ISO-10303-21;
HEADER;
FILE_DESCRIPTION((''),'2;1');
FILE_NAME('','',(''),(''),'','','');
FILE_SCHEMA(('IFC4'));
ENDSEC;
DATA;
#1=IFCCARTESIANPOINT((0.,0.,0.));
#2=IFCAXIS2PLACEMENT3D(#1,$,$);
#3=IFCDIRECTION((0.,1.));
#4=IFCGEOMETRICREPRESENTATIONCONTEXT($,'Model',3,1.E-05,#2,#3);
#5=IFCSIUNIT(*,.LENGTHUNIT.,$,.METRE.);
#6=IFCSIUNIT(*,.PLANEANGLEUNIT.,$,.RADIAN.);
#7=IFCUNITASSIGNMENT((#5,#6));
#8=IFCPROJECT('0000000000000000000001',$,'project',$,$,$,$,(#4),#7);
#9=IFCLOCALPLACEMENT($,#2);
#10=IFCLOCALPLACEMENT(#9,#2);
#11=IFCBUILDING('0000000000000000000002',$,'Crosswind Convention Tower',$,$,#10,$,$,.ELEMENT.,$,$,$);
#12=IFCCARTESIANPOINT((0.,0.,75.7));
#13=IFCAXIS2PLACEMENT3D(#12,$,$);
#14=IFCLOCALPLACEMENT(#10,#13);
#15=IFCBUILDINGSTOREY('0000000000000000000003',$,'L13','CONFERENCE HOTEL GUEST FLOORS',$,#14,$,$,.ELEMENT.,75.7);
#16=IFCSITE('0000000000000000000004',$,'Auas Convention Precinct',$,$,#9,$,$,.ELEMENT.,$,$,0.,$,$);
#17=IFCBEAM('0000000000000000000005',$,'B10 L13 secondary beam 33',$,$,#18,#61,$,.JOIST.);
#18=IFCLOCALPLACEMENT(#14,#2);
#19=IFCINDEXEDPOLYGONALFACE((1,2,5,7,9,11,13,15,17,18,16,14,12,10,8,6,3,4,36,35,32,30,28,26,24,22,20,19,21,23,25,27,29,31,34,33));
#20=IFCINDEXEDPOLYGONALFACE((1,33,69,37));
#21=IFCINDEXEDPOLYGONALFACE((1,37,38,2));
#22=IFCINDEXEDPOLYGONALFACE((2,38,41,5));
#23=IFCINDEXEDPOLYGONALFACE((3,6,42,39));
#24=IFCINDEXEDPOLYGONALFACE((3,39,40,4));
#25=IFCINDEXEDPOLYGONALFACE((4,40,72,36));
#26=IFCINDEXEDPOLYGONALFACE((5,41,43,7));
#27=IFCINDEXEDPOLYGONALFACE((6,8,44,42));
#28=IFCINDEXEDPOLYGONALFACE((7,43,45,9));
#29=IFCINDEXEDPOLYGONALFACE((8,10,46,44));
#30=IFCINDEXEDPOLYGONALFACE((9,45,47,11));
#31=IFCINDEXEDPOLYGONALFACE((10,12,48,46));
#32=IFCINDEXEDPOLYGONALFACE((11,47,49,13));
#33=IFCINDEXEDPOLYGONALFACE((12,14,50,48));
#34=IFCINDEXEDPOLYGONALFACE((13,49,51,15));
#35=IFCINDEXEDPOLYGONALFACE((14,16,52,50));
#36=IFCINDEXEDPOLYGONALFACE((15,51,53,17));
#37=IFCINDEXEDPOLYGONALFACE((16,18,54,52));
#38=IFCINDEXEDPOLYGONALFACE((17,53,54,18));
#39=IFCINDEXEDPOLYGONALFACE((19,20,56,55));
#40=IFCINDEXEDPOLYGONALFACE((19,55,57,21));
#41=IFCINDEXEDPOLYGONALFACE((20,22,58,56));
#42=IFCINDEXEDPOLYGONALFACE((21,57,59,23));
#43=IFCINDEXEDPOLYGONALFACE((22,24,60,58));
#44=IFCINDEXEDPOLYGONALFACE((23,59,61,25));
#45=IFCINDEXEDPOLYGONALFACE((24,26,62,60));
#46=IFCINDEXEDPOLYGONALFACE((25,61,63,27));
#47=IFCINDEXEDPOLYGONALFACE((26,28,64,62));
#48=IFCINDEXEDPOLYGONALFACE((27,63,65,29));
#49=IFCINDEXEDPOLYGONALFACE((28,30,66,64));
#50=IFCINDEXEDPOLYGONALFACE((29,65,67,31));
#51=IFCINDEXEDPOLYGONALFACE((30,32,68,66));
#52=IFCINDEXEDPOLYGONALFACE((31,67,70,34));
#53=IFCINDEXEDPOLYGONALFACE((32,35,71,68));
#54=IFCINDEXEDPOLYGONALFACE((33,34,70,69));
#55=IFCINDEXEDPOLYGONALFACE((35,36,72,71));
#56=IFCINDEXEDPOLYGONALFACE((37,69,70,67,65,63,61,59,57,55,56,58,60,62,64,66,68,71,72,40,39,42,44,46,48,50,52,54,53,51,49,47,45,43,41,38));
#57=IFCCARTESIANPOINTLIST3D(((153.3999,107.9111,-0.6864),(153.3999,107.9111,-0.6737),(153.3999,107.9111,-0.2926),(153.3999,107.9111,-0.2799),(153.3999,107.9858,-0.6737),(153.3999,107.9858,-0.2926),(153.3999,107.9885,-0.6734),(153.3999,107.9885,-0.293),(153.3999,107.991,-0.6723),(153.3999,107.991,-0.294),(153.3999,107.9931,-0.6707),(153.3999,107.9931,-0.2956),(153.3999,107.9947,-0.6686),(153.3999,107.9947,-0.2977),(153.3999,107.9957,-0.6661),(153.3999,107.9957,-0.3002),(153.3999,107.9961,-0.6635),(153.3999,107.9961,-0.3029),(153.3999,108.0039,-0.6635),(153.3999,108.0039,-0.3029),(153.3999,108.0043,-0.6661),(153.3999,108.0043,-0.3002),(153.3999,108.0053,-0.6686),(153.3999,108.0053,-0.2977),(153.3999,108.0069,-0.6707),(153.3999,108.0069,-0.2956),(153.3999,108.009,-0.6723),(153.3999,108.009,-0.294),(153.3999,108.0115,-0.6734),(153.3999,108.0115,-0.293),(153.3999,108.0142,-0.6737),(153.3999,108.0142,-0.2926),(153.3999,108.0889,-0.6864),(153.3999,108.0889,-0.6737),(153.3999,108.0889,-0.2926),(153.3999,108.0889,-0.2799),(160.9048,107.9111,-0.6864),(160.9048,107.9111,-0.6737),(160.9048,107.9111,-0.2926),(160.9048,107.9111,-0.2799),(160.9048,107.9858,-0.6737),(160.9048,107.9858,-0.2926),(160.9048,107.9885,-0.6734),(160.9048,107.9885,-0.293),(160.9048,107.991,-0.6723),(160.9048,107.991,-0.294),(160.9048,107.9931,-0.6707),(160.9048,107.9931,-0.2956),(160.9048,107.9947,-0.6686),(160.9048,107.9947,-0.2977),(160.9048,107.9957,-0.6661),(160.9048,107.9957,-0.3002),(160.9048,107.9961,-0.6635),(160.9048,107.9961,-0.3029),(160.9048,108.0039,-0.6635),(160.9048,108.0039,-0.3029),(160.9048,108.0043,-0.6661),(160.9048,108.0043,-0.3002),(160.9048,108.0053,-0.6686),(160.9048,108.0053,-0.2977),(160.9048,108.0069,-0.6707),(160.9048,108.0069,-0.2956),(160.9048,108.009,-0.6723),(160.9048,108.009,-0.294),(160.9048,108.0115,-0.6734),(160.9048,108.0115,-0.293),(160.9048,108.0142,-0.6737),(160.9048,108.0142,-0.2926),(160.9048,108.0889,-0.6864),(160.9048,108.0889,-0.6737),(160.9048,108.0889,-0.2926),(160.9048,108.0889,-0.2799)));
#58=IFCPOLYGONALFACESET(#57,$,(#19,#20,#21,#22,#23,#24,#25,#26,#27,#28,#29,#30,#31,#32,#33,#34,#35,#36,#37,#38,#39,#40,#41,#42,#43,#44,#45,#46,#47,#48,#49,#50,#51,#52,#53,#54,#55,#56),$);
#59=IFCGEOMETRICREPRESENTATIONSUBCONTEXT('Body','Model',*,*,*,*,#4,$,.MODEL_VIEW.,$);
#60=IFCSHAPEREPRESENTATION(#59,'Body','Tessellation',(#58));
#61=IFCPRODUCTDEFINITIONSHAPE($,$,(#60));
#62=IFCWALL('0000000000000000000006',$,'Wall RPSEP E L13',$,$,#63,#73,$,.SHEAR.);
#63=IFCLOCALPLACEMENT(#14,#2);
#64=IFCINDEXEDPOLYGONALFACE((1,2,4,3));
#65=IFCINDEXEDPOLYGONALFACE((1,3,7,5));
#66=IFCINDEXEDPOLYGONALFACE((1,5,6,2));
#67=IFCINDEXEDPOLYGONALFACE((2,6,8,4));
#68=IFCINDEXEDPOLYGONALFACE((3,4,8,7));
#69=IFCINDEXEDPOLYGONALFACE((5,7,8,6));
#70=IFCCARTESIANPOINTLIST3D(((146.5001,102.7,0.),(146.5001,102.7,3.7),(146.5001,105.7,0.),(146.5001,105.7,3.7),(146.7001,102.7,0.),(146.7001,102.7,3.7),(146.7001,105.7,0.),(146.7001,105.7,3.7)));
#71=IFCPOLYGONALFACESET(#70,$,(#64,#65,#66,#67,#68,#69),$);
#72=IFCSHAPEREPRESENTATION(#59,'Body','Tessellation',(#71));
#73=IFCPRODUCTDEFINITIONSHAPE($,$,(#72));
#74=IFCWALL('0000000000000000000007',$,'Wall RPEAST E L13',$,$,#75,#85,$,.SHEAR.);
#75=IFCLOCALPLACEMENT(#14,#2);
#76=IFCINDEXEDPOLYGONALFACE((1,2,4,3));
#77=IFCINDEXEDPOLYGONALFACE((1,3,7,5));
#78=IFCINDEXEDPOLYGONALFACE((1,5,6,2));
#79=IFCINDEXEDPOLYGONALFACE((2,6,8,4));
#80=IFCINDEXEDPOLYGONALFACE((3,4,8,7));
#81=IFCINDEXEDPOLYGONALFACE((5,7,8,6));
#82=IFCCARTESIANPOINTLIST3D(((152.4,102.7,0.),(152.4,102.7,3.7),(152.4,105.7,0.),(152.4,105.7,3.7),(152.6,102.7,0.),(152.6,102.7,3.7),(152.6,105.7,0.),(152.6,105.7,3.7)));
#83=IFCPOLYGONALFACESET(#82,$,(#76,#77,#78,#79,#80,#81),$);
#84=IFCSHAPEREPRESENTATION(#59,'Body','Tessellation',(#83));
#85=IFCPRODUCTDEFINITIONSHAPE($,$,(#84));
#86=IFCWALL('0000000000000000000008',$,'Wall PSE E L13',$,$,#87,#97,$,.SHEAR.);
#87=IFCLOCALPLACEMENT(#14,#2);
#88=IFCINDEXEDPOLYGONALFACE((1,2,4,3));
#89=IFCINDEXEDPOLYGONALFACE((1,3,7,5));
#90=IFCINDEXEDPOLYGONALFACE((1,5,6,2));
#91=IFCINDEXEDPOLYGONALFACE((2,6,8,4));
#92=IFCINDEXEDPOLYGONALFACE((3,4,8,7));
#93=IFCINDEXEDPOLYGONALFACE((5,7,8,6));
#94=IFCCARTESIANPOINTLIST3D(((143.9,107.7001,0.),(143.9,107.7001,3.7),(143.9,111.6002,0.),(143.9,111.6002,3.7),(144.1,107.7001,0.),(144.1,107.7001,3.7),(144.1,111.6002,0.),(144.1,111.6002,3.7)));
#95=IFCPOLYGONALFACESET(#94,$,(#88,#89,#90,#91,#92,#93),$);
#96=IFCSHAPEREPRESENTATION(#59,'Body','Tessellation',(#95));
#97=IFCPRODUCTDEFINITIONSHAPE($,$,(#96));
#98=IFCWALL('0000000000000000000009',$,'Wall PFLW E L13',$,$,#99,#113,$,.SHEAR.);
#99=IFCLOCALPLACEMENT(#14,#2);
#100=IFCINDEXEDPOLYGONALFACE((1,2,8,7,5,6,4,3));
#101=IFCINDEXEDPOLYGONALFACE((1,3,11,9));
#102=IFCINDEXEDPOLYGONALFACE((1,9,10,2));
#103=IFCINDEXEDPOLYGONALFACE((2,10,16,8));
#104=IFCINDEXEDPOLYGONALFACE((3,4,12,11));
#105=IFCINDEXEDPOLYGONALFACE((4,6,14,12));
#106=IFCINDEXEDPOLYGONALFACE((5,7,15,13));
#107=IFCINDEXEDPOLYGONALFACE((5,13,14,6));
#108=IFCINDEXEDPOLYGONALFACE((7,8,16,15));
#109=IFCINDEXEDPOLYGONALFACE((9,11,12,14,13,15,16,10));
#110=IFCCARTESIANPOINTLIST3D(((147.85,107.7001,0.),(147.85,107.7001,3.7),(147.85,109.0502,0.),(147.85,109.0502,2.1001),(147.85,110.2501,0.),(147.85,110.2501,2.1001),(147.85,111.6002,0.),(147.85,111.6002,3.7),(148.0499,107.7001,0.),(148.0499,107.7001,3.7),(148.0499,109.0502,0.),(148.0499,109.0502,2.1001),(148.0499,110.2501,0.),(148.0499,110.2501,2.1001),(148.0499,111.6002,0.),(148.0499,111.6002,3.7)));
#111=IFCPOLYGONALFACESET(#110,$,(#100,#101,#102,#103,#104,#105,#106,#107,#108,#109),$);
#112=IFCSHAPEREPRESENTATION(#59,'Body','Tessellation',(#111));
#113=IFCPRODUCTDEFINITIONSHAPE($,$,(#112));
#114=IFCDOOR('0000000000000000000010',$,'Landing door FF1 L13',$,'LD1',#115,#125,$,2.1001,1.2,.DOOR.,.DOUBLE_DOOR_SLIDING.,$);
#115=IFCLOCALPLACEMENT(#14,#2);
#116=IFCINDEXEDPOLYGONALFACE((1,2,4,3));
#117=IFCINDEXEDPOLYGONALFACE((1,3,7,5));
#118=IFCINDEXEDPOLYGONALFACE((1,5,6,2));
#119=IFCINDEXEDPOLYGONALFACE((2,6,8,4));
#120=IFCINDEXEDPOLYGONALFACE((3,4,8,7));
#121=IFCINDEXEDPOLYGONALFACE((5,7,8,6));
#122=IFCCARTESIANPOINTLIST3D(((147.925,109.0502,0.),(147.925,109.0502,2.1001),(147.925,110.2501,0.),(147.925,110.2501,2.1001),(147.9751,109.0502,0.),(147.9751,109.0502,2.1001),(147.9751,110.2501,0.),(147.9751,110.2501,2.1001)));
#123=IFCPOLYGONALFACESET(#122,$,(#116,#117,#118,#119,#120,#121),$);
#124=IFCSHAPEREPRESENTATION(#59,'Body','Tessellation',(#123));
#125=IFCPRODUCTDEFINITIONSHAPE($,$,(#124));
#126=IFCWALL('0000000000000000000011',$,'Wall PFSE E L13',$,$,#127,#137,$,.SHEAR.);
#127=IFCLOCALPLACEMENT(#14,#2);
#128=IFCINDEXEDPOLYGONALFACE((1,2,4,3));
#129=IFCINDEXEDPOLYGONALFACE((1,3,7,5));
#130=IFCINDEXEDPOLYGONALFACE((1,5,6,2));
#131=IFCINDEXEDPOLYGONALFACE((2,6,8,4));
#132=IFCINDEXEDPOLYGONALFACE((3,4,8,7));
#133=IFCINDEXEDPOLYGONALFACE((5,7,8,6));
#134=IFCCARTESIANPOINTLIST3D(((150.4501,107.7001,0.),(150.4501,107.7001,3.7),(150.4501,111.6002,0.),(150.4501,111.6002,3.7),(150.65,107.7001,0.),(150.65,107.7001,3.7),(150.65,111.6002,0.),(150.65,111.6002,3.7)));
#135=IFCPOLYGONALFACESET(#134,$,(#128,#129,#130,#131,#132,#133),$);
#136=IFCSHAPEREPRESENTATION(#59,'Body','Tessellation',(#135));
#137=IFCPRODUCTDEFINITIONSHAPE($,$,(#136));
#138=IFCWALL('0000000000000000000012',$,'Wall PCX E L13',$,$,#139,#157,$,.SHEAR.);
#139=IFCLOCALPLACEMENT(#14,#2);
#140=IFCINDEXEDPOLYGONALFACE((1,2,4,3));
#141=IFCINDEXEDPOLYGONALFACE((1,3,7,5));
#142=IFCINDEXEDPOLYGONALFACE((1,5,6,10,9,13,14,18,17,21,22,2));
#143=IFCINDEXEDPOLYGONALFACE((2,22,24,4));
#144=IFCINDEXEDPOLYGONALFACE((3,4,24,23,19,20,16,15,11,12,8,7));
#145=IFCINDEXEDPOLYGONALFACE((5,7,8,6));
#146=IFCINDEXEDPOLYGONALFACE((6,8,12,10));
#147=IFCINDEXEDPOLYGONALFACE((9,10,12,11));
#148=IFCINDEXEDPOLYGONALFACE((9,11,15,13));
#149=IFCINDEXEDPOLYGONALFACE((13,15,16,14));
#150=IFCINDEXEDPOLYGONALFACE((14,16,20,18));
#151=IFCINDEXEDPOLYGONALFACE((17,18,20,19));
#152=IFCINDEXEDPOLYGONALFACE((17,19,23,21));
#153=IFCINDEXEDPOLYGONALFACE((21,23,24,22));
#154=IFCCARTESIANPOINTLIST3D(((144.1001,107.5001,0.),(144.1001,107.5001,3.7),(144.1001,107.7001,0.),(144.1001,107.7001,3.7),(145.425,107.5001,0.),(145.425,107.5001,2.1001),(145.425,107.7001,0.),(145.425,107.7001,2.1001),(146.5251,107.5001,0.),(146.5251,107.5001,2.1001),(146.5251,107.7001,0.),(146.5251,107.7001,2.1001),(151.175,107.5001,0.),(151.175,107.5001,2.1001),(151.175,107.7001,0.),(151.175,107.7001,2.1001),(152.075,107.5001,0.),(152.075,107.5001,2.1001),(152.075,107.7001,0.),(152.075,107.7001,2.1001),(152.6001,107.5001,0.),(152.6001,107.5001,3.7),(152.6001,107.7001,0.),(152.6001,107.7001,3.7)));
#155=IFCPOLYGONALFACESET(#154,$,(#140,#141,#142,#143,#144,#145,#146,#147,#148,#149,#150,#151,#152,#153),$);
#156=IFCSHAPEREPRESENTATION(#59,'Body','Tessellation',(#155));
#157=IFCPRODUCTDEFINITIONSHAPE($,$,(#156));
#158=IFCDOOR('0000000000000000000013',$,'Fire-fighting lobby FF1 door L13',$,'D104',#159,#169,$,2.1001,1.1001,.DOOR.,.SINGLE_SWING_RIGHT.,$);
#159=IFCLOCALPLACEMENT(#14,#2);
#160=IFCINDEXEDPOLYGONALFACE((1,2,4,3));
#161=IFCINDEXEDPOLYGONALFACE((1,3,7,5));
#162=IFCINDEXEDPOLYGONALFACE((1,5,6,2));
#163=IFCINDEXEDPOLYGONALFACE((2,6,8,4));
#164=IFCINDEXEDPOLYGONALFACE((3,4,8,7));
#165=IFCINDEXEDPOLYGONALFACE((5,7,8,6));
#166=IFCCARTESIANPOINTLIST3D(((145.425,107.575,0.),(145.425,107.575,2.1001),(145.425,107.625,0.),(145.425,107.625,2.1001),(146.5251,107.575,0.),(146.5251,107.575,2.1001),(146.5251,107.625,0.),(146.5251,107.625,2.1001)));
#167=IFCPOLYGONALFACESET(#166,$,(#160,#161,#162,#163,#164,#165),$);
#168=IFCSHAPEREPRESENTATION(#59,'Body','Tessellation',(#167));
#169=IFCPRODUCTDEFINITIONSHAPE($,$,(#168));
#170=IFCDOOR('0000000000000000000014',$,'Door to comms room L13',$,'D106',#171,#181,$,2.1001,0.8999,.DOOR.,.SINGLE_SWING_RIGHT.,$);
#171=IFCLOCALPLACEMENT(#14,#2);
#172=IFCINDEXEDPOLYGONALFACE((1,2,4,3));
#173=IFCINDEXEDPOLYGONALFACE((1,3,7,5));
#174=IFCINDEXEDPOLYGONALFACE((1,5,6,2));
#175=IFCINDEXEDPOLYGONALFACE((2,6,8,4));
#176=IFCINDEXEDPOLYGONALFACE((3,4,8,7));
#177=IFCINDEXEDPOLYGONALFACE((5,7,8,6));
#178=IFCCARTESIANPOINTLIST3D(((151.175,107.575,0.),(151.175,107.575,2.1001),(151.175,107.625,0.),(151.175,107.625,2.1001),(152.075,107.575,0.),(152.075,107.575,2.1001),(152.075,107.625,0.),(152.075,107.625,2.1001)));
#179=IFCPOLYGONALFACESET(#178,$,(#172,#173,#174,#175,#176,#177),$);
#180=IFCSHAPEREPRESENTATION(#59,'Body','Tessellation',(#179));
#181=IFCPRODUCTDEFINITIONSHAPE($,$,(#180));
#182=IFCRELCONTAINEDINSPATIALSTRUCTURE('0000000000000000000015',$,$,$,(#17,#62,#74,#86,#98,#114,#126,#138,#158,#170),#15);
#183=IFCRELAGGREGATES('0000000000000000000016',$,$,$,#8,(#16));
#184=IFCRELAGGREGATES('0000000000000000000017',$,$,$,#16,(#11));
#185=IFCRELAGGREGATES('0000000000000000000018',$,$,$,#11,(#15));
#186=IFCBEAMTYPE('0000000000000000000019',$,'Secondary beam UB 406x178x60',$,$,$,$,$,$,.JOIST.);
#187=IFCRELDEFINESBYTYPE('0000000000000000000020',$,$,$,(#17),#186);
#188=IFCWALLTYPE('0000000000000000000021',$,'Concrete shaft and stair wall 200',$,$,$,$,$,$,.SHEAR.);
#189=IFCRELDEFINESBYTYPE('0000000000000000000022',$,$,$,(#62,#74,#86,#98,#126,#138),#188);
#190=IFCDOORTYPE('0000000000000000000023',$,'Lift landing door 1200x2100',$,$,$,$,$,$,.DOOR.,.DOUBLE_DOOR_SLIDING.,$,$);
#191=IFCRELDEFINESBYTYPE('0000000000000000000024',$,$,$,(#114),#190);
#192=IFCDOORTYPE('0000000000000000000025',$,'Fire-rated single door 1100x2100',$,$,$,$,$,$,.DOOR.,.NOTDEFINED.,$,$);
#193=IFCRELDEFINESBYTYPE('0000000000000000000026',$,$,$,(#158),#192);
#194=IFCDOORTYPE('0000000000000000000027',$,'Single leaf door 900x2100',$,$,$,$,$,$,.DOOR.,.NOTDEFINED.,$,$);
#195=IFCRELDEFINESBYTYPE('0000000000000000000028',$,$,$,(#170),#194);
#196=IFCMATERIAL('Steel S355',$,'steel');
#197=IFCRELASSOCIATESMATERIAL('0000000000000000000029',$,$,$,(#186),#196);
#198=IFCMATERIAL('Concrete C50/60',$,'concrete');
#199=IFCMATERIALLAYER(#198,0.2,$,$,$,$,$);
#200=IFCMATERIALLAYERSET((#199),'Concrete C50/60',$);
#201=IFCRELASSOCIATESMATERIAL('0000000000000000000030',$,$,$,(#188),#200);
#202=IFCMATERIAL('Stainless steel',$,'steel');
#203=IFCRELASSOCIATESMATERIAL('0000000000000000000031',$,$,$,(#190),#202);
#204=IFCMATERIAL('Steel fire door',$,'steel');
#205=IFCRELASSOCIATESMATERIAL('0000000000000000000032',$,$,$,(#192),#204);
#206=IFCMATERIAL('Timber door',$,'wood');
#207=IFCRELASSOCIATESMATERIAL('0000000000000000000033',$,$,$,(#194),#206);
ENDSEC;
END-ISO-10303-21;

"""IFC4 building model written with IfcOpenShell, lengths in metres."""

from ifc_helpers import new_model, si_unit, direction, frame, frame_2d, origin, origin_2d, place, context, subcontext, project, spatial, rectangle, i_section, extrude, material, layer, layer_set, material_profile, profile_set, type_object, element, fill, save


model = new_model("IFC4")

# Units and contexts
model_context = context("Model", 3, precision=1e-05, world=origin(), true_north=direction((0.0, 1.0)))
body_context = subcontext(model_context, "Body", "Model", "MODEL_VIEW")
ifc_project = project(units=[si_unit("LENGTHUNIT", "METRE"), si_unit("PLANEANGLEUNIT", "RADIAN")], contexts=[model_context])

# Site, building, storey
site_placement = place(None, origin())
site = spatial("IfcSite", under=ifc_project, at=site_placement, Name="Auas Convention Precinct", CompositionType="ELEMENT", RefElevation=0.0)
building_placement = place(site_placement, origin())
building = spatial("IfcBuilding", under=site, at=building_placement, Name="Crosswind Convention Tower", CompositionType="ELEMENT")
storey_placement = place(building_placement, frame((0.0, 0.0, 75.7)))
storey = spatial("IfcBuildingStorey", under=building, at=storey_placement, Name="L13", Description="CONFERENCE HOTEL GUEST FLOORS", CompositionType="ELEMENT", Elevation=75.7)

# Shared definitions
ifc_material_1 = material(Name="Steel S355", Category="steel")

# Beam
ifc_material_profile_1 = material_profile(ifc_material_1, i_section(OverallWidth=0.1777, OverallDepth=0.4065, WebThickness=0.0078, FlangeThickness=0.0127, FilletRadius=0.0103, at=origin_2d()), Name="UB 406x178x60")
ifc_profile_set_1 = profile_set([ifc_material_profile_1], Name="Steel S355")
beam_type_1 = type_object("IfcBeamType", Name="Secondary beam UB 406x178x60", PredefinedType="JOIST", material=ifc_profile_set_1)
for number, where, z_axis, x_axis, name in (
    (1, (153.3999, 108.0, -0.4832), (1.0, 0.0, 0.0), (0.0, 1.0, 0.0), "B10 L13 secondary beam 33"),
):
    element("IfcBeam", number, at=place(storey_placement, frame(where, z_axis=z_axis, x_axis=x_axis)), inside=storey, type_object=beam_type_1, Name=name, PredefinedType="JOIST", context=body_context, shape_type="SweptSolid", body=[
        extrude(i_section(OverallWidth=0.1777, OverallDepth=0.4065, WebThickness=0.0078, FlangeThickness=0.0127, FilletRadius=0.0103, at=origin_2d()), origin(), (0.0, 0.0, 1.0), 7.5049),
    ])

# Walls
ifc_material_2 = material(Name="Concrete C50/60", Category="concrete")
ifc_layer_1 = layer(ifc_material_2, 0.2)
ifc_layer_set_1 = layer_set([ifc_layer_1], Name="Concrete C50/60")
wall_type_1 = type_object("IfcWallType", Name="Concrete shaft and stair wall 200", PredefinedType="SHEAR", material=ifc_layer_set_1)
for number, where, z_axis, x_axis, name in (
    (2, (146.6001, 102.7, 0.0), (0.0, 0.0, 1.0), (0.0, 1.0, 0.0), "Wall RPSEP E L13"),
    (3, (152.5, 102.7, 0.0), (0.0, 0.0, 1.0), (0.0, 1.0, 0.0), "Wall RPEAST E L13"),
):
    element("IfcWall", number, at=place(storey_placement, frame(where, z_axis=z_axis, x_axis=x_axis)), inside=storey, type_object=wall_type_1, Name=name, PredefinedType="SHEAR", context=body_context, shape_type="SweptSolid", body=[
        extrude(rectangle(XDim=3.0, YDim=0.2, at=frame_2d((1.5, 0.0))), origin(), (0.0, 0.0, 1.0), 3.7),
    ])
wall_1_placement = place(storey_placement, frame((144.0, 107.7, 0.0), z_axis=(0.0, 0.0, 1.0), x_axis=(0.0, 1.0, 0.0)))
element("IfcWall", 4, at=wall_1_placement, inside=storey, type_object=wall_type_1, Name="Wall PSE E L13", PredefinedType="SHEAR", context=body_context, shape_type="SweptSolid", body=[
    extrude(rectangle(XDim=3.9001, YDim=0.2, at=frame_2d((1.9502, 0.0))), origin(), (0.0, 0.0, 1.0), 3.7),
])

# Wall, opening, door
wall_2_placement = place(storey_placement, frame((147.95, 107.7, 0.0), z_axis=(0.0, 0.0, 1.0), x_axis=(0.0, 1.0, 0.0)))
wall_2 = element("IfcWall", 5, at=wall_2_placement, inside=storey, type_object=wall_type_1, Name="Wall PFLW E L13", PredefinedType="SHEAR", context=body_context, shape_type="SweptSolid", body=[
    extrude(rectangle(XDim=3.9001, YDim=0.2, at=frame_2d((1.9502, 0.0))), origin(), (0.0, 0.0, 1.0), 3.7),
])
opening_1_placement = place(wall_2_placement, frame((1.3501, 0.0, 0.0)))
opening_1 = element("IfcOpeningElement", 6, at=opening_1_placement, cuts=wall_2, PredefinedType="OPENING", context=body_context, shape_type="SweptSolid", body=[
    extrude(rectangle(XDim=1.2, YDim=2.1001, at=frame_2d((0.6001, 1.05))), frame((0.0, 0.1099, 0.0), z_axis=(0.0, -1.0, 0.0), x_axis=(1.0, 0.0, 0.0)), (0.0, 0.0, 1.0), 0.22),
])
ifc_material_3 = material(Name="Stainless steel", Category="steel")
door_type_1 = type_object("IfcDoorType", Name="Lift landing door 1200x2100", OperationType="DOUBLE_DOOR_SLIDING", PredefinedType="DOOR", material=ifc_material_3)
door_1_placement = place(opening_1_placement, origin())
door_1 = element("IfcDoor", 7, at=door_1_placement, inside=storey, type_object=door_type_1, Name="Landing door FF1 L13", ObjectType="LD1", OperationType="DOUBLE_DOOR_SLIDING", OverallHeight=2.1001, OverallWidth=1.2, PredefinedType="DOOR", context=body_context, shape_type="SweptSolid", body=[
    extrude(rectangle(XDim=1.2, YDim=2.1001, at=frame_2d((0.6001, 1.05))), frame((0.0, 0.0249, 0.0), z_axis=(0.0, -1.0, 0.0), x_axis=(1.0, 0.0, 0.0)), (0.0, 0.0, 1.0), 0.05),
])
fill(opening_1, door_1)

# Wall
wall_3_placement = place(storey_placement, frame((150.55, 107.7, 0.0), z_axis=(0.0, 0.0, 1.0), x_axis=(0.0, 1.0, 0.0)))
element("IfcWall", 8, at=wall_3_placement, inside=storey, type_object=wall_type_1, Name="Wall PFSE E L13", PredefinedType="SHEAR", context=body_context, shape_type="SweptSolid", body=[
    extrude(rectangle(XDim=3.9001, YDim=0.2, at=frame_2d((1.9502, 0.0))), origin(), (0.0, 0.0, 1.0), 3.7),
])

# Wall, openings, doors
wall_4_placement = place(storey_placement, frame((144.1001, 107.6001, 0.0), z_axis=(0.0, 0.0, 1.0), x_axis=(1.0, 0.0, 0.0)))
wall_4 = element("IfcWall", 9, at=wall_4_placement, inside=storey, type_object=wall_type_1, Name="Wall PCX E L13", PredefinedType="SHEAR", context=body_context, shape_type="SweptSolid", body=[
    extrude(rectangle(XDim=8.5, YDim=0.2, at=frame_2d((4.25, 0.0))), origin(), (0.0, 0.0, 1.0), 3.7),
])
opening_2_placement = place(wall_4_placement, frame((1.325, 0.0, 0.0)))
opening_2 = element("IfcOpeningElement", 10, at=opening_2_placement, cuts=wall_4, PredefinedType="OPENING", context=body_context, shape_type="SweptSolid", body=[
    extrude(rectangle(XDim=1.1001, YDim=2.1001, at=frame_2d((0.55, 1.05))), frame((0.0, 0.1099, 0.0), z_axis=(0.0, -1.0, 0.0), x_axis=(1.0, 0.0, 0.0)), (0.0, 0.0, 1.0), 0.22),
])
opening_3_placement = place(wall_4_placement, frame((7.075, 0.0, 0.0)))
opening_3 = element("IfcOpeningElement", 11, at=opening_3_placement, cuts=wall_4, PredefinedType="OPENING", context=body_context, shape_type="SweptSolid", body=[
    extrude(rectangle(XDim=0.8999, YDim=2.1001, at=frame_2d((0.45, 1.05))), frame((0.0, 0.1099, 0.0), z_axis=(0.0, -1.0, 0.0), x_axis=(1.0, 0.0, 0.0)), (0.0, 0.0, 1.0), 0.22),
])
ifc_material_4 = material(Name="Steel fire door", Category="steel")
door_type_2 = type_object("IfcDoorType", Name="Fire-rated single door 1100x2100", OperationType="NOTDEFINED", PredefinedType="DOOR", material=ifc_material_4)
door_2_placement = place(opening_2_placement, origin())
door_2 = element("IfcDoor", 12, at=door_2_placement, inside=storey, type_object=door_type_2, Name="Fire-fighting lobby FF1 door L13", ObjectType="D104", OperationType="SINGLE_SWING_RIGHT", OverallHeight=2.1001, OverallWidth=1.1001, PredefinedType="DOOR", context=body_context, shape_type="SweptSolid", body=[
    extrude(rectangle(XDim=1.1001, YDim=2.1001, at=frame_2d((0.55, 1.05))), frame((0.0, 0.0249, 0.0), z_axis=(0.0, -1.0, 0.0), x_axis=(1.0, 0.0, 0.0)), (0.0, 0.0, 1.0), 0.05),
])
fill(opening_2, door_2)
ifc_material_5 = material(Name="Timber door", Category="wood")
door_type_3 = type_object("IfcDoorType", Name="Single leaf door 900x2100", OperationType="NOTDEFINED", PredefinedType="DOOR", material=ifc_material_5)
door_3_placement = place(opening_3_placement, origin())
door_3 = element("IfcDoor", 13, at=door_3_placement, inside=storey, type_object=door_type_3, Name="Door to comms room L13", ObjectType="D106", OperationType="SINGLE_SWING_RIGHT", OverallHeight=2.1001, OverallWidth=0.8999, PredefinedType="DOOR", context=body_context, shape_type="SweptSolid", body=[
    extrude(rectangle(XDim=0.8999, YDim=2.1001, at=frame_2d((0.45, 1.05))), frame((0.0, 0.0249, 0.0), z_axis=(0.0, -1.0, 0.0), x_axis=(1.0, 0.0, 0.0)), (0.0, 0.0, 1.0), 0.05),
])
fill(opening_3, door_3)

save(model, "model.ifc")
